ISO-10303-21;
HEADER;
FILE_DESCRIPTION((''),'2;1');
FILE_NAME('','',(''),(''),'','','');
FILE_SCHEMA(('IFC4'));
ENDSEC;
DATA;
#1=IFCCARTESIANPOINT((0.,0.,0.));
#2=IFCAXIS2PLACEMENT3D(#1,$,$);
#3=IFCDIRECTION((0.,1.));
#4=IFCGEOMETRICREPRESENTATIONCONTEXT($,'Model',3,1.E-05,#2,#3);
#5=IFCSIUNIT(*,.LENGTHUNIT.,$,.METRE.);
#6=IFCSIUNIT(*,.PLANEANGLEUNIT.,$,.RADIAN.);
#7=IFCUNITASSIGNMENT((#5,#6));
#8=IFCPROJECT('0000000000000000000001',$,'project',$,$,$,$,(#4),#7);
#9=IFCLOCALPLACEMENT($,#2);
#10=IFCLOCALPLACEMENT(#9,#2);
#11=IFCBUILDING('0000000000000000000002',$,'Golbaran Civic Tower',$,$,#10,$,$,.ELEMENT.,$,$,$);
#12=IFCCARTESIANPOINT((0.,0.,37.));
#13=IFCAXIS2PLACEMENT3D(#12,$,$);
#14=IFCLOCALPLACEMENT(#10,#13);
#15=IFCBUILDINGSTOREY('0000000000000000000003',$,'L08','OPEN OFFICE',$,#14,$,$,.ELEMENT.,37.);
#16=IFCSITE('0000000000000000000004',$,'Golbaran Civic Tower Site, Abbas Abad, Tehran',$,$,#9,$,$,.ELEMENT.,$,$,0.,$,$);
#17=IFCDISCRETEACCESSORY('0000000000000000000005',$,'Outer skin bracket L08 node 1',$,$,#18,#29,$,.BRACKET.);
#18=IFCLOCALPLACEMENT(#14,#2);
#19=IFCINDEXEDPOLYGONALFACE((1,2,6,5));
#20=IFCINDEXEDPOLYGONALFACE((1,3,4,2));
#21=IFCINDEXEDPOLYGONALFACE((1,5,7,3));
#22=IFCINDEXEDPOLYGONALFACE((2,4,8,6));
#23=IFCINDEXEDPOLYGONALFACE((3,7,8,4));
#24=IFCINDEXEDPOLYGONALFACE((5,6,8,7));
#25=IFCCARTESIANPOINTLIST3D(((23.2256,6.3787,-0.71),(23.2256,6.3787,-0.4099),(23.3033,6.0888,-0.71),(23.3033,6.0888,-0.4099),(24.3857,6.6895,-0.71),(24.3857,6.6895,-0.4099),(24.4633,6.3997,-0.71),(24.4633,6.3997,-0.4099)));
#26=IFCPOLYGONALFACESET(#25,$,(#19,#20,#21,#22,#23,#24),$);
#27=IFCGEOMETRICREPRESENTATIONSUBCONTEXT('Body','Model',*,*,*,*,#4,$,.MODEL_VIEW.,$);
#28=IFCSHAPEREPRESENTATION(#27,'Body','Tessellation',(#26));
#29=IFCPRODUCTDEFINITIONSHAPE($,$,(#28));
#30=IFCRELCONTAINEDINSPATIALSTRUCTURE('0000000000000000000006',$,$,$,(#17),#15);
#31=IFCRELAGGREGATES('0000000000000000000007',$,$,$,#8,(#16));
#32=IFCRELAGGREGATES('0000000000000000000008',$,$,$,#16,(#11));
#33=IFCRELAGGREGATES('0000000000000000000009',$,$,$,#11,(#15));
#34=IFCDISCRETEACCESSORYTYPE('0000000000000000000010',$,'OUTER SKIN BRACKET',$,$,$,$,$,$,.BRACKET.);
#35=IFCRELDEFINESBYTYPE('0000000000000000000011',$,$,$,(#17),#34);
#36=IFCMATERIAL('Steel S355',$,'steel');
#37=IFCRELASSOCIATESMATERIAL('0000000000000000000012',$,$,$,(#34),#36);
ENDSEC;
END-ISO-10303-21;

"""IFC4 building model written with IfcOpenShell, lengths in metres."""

from ifc_helpers import new_model, si_unit, direction, frame, origin, origin_2d, place, context, subcontext, project, spatial, rectangle, extrude, material, type_object, element, save


model = new_model("IFC4")

# Units and contexts
model_context = context("Model", 3, precision=1e-05, world=origin(), true_north=direction((0.0, 1.0)))
body_context = subcontext(model_context, "Body", "Model", "MODEL_VIEW")
ifc_project = project(units=[si_unit("LENGTHUNIT", "METRE"), si_unit("PLANEANGLEUNIT", "RADIAN")], contexts=[model_context])

# Site, building, storey
site_placement = place(None, origin())
site = spatial("IfcSite", under=ifc_project, at=site_placement, Name="Golbaran Civic Tower Site, Abbas Abad, Tehran", CompositionType="ELEMENT", RefElevation=0.0)
building_placement = place(site_placement, origin())
building = spatial("IfcBuilding", under=site, at=building_placement, Name="Golbaran Civic Tower", CompositionType="ELEMENT")
storey_placement = place(building_placement, frame((0.0, 0.0, 37.0)))
storey = spatial("IfcBuildingStorey", under=building, at=storey_placement, Name="L08", Description="OPEN OFFICE", CompositionType="ELEMENT", Elevation=37.0)

# Shared definitions
ifc_material_1 = material(Name="Steel S355", Category="steel")

# Discrete accessory
discrete_accessory_type = type_object("IfcDiscreteAccessoryType", Name="OUTER SKIN BRACKET", PredefinedType="BRACKET", material=ifc_material_1)
discrete_accessory_placement = place(storey_placement, frame((23.8445, 6.3892, -0.71), z_axis=(0.0, 0.0, 1.0), x_axis=(0.965926, 0.258819, 0.0)))
element("IfcDiscreteAccessory", 1, at=discrete_accessory_placement, inside=storey, type_object=discrete_accessory_type, Name="Outer skin bracket L08 node 1", PredefinedType="BRACKET", context=body_context, shape_type="SweptSolid", body=[
    extrude(rectangle(XDim=1.2009, YDim=0.3, at=origin_2d()), origin(), (0.0, 0.0, 1.0), 0.3),
])

save(model, "model.ifc")
